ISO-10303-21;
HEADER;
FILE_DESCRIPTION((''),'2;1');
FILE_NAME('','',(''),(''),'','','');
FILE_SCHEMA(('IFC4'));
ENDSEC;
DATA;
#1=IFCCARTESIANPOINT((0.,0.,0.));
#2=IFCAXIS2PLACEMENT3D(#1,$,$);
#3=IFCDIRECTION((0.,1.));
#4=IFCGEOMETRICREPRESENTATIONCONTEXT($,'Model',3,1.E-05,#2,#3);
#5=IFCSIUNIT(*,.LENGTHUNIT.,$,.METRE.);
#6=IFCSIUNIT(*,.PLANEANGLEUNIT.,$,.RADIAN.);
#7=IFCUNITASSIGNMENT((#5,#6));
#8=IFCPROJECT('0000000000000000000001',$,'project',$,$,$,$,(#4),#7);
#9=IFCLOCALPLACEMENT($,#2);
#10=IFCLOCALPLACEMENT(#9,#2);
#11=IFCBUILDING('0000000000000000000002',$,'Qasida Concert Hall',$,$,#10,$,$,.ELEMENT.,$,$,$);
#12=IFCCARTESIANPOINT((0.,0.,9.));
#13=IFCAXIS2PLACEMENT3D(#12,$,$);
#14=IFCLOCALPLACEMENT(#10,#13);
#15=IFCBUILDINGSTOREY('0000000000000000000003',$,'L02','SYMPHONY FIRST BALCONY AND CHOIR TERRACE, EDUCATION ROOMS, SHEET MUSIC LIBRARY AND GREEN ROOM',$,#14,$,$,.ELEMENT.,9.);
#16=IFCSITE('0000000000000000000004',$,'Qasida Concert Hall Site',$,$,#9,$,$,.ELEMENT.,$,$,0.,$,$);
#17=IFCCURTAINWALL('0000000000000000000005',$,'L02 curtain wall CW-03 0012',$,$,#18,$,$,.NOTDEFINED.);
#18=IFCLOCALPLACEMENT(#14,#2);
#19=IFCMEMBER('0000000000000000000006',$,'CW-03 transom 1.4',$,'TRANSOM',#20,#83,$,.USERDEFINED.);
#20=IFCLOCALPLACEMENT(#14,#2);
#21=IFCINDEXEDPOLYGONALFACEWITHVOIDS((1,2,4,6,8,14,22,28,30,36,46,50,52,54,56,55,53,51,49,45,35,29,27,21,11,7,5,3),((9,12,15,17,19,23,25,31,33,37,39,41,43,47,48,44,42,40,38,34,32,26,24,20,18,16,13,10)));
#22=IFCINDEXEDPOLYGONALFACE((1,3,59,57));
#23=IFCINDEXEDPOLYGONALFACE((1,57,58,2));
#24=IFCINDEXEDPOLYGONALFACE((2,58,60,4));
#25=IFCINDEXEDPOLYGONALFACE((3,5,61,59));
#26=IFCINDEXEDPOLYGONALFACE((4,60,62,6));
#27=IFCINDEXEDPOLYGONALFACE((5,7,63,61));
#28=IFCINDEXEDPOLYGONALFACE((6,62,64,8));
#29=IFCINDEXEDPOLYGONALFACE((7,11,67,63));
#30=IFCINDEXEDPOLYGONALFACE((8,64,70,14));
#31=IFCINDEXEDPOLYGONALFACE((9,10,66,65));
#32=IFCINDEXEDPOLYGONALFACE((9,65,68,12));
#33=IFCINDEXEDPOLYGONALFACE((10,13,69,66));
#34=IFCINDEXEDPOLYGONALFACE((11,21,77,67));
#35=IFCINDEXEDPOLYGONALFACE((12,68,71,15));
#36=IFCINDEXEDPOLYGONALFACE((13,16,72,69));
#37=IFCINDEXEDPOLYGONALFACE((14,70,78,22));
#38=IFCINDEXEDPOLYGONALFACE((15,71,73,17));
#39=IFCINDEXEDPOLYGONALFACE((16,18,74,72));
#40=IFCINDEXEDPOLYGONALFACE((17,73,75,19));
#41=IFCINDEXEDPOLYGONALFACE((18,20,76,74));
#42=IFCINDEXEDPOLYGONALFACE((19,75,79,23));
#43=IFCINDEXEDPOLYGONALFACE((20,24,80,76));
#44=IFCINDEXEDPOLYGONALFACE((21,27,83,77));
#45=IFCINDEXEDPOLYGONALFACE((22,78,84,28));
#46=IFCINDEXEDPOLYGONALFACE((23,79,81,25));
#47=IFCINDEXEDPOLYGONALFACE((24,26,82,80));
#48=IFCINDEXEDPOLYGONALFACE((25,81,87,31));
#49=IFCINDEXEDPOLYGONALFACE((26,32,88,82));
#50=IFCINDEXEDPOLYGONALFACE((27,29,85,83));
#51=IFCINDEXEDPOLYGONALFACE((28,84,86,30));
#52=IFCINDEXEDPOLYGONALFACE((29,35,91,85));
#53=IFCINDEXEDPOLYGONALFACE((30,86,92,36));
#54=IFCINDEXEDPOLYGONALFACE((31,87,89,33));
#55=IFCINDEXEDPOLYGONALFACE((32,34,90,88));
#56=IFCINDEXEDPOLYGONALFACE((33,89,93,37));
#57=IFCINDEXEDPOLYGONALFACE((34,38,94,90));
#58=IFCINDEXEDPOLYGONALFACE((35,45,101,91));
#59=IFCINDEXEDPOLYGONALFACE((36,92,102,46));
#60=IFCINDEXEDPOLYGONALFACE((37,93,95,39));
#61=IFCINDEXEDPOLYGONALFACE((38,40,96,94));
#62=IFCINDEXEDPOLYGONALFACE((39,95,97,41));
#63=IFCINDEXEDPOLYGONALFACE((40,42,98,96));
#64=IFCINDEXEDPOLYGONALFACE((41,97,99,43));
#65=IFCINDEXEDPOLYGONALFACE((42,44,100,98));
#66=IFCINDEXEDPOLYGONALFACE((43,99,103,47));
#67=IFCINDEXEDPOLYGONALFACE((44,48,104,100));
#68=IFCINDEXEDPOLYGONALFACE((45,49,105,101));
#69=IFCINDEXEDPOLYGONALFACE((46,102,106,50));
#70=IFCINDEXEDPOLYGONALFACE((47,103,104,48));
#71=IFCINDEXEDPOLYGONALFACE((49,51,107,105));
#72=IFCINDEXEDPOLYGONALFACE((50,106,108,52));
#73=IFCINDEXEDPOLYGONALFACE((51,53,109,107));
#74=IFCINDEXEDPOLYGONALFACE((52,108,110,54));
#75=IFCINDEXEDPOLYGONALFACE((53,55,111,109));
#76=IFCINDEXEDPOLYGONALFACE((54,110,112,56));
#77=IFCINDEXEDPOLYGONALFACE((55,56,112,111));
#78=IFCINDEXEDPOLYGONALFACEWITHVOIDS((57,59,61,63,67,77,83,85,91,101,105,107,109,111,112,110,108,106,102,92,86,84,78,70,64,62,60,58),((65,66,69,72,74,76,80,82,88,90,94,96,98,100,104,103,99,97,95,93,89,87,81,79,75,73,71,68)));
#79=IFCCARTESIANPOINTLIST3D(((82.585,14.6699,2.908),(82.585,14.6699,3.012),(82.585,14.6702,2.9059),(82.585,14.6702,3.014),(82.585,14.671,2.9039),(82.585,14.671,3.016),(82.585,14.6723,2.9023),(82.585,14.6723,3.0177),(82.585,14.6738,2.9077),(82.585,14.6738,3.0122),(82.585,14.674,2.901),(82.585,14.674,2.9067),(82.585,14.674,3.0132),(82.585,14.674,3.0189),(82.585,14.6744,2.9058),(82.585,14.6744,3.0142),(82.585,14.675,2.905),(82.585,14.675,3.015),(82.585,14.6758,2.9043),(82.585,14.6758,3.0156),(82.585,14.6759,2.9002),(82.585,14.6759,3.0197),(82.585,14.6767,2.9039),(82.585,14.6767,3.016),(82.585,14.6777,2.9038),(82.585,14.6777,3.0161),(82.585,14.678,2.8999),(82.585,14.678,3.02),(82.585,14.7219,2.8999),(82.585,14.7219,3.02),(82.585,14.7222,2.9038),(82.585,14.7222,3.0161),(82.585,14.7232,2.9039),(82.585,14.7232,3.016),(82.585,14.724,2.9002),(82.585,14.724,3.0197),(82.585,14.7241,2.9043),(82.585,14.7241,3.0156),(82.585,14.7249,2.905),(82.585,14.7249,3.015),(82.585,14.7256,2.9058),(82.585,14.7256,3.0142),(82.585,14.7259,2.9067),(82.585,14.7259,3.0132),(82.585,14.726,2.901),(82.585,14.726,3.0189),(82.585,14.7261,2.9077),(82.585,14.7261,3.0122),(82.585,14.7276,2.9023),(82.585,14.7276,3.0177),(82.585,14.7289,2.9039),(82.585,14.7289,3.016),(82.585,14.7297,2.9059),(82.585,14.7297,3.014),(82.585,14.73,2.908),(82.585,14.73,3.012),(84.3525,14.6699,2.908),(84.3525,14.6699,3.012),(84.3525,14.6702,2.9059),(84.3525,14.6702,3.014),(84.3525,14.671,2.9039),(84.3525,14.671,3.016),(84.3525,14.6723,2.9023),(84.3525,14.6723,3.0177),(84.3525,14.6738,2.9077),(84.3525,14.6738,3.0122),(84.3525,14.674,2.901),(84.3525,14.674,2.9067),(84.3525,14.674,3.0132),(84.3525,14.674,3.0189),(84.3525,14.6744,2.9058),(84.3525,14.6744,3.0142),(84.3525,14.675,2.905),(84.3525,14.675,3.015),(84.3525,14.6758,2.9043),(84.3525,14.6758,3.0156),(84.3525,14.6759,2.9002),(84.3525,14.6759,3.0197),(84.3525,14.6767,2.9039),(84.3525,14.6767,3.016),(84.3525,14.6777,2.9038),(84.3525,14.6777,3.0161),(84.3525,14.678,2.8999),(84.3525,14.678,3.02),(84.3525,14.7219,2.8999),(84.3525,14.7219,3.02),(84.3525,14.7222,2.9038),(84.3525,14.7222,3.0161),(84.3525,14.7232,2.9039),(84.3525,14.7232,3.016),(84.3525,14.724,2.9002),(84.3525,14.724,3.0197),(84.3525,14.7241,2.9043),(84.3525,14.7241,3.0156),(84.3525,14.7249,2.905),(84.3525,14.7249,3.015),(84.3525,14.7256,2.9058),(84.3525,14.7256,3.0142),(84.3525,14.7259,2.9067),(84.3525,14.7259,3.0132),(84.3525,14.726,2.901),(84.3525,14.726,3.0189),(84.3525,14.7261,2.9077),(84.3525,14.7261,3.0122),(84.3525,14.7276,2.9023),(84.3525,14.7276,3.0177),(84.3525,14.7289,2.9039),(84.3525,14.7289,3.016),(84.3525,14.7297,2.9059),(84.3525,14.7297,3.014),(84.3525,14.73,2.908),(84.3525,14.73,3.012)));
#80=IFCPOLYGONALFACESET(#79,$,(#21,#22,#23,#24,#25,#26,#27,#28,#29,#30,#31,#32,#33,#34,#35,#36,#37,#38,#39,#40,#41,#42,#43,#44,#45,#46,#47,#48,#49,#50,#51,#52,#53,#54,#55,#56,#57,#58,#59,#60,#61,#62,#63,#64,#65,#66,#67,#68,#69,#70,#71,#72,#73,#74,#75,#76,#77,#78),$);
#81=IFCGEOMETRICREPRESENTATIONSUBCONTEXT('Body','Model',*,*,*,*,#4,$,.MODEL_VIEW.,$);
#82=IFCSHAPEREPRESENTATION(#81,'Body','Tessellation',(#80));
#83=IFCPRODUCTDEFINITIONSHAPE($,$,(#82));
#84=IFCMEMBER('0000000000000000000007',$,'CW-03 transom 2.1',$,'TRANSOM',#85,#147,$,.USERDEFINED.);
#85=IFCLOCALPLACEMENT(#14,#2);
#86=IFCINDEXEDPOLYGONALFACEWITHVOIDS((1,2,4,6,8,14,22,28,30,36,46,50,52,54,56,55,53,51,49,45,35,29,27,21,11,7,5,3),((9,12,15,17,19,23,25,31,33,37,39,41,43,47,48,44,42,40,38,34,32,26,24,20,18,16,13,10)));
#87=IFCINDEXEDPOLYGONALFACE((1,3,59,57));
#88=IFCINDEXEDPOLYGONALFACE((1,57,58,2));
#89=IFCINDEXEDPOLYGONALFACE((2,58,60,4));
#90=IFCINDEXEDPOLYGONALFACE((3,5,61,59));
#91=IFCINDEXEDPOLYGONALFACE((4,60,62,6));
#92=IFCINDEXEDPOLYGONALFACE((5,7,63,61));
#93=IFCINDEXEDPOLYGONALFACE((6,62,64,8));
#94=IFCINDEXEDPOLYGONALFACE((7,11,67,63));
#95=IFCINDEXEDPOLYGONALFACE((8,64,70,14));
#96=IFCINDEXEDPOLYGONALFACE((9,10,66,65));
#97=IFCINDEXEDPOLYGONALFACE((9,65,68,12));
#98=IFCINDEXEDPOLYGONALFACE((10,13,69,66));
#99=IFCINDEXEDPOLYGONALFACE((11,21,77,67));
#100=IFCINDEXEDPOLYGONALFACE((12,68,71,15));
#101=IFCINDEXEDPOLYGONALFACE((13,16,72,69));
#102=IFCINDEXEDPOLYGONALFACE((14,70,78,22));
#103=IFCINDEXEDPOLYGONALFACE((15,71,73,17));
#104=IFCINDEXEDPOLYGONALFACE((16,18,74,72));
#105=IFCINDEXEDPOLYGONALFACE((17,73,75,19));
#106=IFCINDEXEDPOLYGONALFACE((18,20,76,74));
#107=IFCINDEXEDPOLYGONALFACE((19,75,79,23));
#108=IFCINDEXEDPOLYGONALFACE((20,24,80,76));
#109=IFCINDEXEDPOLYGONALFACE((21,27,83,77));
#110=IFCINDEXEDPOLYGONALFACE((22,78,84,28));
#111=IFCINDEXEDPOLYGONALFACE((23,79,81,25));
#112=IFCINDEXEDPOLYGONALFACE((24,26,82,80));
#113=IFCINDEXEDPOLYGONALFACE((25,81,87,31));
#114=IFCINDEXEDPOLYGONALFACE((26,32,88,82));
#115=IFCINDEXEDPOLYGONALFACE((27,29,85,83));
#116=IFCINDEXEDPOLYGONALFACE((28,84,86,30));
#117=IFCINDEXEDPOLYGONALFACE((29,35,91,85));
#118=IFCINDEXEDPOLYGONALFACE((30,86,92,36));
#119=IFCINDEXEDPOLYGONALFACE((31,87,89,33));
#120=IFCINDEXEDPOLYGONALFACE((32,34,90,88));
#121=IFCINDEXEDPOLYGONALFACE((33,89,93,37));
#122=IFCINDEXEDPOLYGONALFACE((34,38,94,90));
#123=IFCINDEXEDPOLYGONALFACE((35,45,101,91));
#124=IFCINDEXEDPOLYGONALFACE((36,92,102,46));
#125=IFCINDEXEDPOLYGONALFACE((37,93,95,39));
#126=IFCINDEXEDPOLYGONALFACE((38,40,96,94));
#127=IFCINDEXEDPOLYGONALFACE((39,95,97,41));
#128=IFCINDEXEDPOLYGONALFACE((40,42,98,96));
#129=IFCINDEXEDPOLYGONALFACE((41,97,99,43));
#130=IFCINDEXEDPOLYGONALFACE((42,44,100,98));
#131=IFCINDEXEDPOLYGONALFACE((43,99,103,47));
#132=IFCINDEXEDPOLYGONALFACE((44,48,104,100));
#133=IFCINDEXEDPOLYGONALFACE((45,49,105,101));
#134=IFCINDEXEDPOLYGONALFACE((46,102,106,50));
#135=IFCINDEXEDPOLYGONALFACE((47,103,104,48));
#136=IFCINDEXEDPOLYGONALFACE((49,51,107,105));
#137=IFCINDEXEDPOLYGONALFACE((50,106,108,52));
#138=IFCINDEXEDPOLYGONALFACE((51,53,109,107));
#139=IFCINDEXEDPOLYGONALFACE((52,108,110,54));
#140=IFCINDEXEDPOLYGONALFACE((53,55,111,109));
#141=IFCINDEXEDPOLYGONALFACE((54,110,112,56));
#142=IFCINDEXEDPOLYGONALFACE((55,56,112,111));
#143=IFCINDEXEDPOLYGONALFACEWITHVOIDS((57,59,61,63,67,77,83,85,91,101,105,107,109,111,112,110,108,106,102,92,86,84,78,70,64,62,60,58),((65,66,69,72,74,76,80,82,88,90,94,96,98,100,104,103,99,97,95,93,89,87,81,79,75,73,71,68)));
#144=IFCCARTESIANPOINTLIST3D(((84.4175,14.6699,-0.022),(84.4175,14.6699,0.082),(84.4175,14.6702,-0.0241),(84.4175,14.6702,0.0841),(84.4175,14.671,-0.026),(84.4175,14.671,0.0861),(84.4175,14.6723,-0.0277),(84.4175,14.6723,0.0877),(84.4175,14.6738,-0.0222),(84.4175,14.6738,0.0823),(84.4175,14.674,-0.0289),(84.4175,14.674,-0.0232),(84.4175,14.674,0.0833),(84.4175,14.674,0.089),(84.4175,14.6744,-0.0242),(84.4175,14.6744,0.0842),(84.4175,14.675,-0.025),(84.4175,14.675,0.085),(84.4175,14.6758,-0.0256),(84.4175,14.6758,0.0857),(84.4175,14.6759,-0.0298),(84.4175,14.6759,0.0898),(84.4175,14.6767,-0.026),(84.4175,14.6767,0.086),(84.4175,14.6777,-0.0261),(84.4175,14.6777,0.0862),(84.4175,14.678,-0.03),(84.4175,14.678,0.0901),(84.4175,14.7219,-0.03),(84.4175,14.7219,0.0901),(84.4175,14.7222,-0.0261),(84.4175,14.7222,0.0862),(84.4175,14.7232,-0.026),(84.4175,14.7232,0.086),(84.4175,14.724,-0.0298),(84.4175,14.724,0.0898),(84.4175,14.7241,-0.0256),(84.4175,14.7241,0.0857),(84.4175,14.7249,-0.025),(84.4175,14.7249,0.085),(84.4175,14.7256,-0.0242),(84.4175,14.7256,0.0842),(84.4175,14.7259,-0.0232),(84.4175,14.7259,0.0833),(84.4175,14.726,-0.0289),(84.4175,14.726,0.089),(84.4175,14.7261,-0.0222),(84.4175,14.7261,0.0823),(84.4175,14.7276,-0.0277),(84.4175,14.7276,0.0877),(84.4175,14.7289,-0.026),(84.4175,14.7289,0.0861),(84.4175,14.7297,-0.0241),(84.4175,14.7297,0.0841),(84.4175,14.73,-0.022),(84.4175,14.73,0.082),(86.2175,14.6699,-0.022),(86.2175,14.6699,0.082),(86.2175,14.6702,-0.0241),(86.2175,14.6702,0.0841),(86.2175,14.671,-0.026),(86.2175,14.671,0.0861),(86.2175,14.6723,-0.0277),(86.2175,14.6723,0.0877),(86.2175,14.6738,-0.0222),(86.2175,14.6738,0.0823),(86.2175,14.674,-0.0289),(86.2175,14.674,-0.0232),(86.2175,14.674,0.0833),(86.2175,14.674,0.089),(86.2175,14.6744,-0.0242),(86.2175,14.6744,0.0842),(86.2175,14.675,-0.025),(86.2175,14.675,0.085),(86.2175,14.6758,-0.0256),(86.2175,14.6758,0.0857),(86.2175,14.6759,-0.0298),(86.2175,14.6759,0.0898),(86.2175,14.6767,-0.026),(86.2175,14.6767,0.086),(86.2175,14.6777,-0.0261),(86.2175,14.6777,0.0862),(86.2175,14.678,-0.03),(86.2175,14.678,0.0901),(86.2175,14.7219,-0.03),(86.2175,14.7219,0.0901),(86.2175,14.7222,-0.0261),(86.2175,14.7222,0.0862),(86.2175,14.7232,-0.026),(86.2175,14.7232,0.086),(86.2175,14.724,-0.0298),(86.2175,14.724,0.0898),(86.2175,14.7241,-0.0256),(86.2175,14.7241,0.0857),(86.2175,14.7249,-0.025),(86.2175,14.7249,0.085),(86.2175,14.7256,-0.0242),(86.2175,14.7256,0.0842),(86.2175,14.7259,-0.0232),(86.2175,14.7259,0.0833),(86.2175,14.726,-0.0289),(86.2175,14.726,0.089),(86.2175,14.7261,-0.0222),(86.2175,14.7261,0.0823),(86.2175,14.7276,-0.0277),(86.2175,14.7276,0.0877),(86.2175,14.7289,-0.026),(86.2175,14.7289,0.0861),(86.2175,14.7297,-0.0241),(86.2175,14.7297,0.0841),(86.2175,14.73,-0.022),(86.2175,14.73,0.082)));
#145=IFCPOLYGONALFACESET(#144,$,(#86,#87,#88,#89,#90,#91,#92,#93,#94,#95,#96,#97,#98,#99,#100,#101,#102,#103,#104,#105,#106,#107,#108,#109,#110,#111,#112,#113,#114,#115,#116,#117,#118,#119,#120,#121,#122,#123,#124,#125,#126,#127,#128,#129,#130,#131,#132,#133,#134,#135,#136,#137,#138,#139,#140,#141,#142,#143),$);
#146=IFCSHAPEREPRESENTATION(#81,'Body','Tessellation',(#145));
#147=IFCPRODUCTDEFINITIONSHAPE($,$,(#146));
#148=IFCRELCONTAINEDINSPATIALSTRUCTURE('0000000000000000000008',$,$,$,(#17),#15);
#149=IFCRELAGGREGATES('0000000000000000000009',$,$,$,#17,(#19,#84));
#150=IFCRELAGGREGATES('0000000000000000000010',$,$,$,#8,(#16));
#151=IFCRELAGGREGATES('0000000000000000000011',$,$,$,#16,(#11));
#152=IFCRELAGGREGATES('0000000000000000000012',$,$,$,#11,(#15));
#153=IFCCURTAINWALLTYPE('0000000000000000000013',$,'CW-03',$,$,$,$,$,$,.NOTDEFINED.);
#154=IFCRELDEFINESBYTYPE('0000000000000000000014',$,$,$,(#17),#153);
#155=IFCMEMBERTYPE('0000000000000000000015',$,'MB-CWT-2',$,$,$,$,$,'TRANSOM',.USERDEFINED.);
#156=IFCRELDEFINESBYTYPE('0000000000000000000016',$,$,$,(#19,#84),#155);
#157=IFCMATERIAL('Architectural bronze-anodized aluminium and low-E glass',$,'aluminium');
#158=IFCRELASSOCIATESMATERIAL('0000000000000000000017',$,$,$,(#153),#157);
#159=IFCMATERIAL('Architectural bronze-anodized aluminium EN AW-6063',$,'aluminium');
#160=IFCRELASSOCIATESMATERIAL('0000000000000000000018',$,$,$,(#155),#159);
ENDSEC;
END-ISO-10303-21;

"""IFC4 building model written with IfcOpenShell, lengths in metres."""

from ifc_helpers import new_model, si_unit, direction, frame, origin, origin_2d, place, context, subcontext, project, spatial, hollow_rectangle, extrude, material, material_profile, profile_set, type_object, element, aggregate, save


model = new_model("IFC4")

# Units and contexts
model_context = context("Model", 3, precision=1e-05, world=origin(), true_north=direction((0.0, 1.0)))
body_context = subcontext(model_context, "Body", "Model", "MODEL_VIEW")
ifc_project = project(units=[si_unit("LENGTHUNIT", "METRE"), si_unit("PLANEANGLEUNIT", "RADIAN")], contexts=[model_context])

# Site, building, storey
site_placement = place(None, origin())
site = spatial("IfcSite", under=ifc_project, at=site_placement, Name="Qasida Concert Hall Site", CompositionType="ELEMENT", RefElevation=0.0)
building_placement = place(site_placement, origin())
building = spatial("IfcBuilding", under=site, at=building_placement, Name="Qasida Concert Hall", CompositionType="ELEMENT")
storey_placement = place(building_placement, frame((0.0, 0.0, 9.0)))
storey = spatial("IfcBuildingStorey", under=building, at=storey_placement, Name="L02", Description="SYMPHONY FIRST BALCONY AND CHOIR TERRACE, EDUCATION ROOMS, SHEET MUSIC LIBRARY AND GREEN ROOM", CompositionType="ELEMENT", Elevation=9.0)

# Shared definitions
ifc_material_1 = material(Name="Architectural bronze-anodized aluminium and low-E glass", Category="aluminium")
curtain_wall_type = type_object("IfcCurtainWallType", Name="CW-03", PredefinedType="NOTDEFINED", material=ifc_material_1)
ifc_material_2 = material(Name="Architectural bronze-anodized aluminium EN AW-6063", Category="aluminium")

# Curtain wall, members
curtain_wall_1_placement = place(storey_placement, origin())
curtain_wall_1 = element("IfcCurtainWall", 1, at=curtain_wall_1_placement, inside=storey, type_object=curtain_wall_type, Name="L02 curtain wall CW-03 0012", PredefinedType="NOTDEFINED")
ifc_material_profile_1 = material_profile(ifc_material_2, hollow_rectangle(XDim=0.0601, YDim=0.1201, WallThickness=0.0039, InnerFilletRadius=0.0039, OuterFilletRadius=0.0081, at=origin_2d()), Name="CWT 120x60x4")
ifc_profile_set_1 = profile_set([ifc_material_profile_1], Name="Architectural bronze-anodized aluminium EN AW-6063")
member_type_1 = type_object("IfcMemberType", Name="MB-CWT-2", ElementType="TRANSOM", PredefinedType="USERDEFINED", material=ifc_profile_set_1)
member_1_placement = place(storey_placement, frame((82.585, 14.7, 2.96), z_axis=(1.0, 0.0, 0.0), x_axis=(0.0, 1.0, 0.0)))
member_1 = element("IfcMember", 2, at=member_1_placement, type_object=member_type_1, Name="CW-03 transom 1.4", ObjectType="TRANSOM", PredefinedType="USERDEFINED", context=body_context, shape_type="SweptSolid", body=[
    extrude(hollow_rectangle(XDim=0.0601, YDim=0.1201, WallThickness=0.0039, InnerFilletRadius=0.0039, OuterFilletRadius=0.0081, at=origin_2d()), origin(), (0.0, 0.0, 1.0), 1.7676),
])
member_2_placement = place(storey_placement, frame((84.4175, 14.7, 0.03), z_axis=(1.0, 0.0, 0.0), x_axis=(0.0, 1.0, 0.0)))
member_2 = element("IfcMember", 3, at=member_2_placement, type_object=member_type_1, Name="CW-03 transom 2.1", ObjectType="TRANSOM", PredefinedType="USERDEFINED", context=body_context, shape_type="SweptSolid", body=[
    extrude(hollow_rectangle(XDim=0.0601, YDim=0.1201, WallThickness=0.0039, InnerFilletRadius=0.0039, OuterFilletRadius=0.0081, at=origin_2d()), origin(), (0.0, 0.0, 1.0), 1.8),
])

aggregate(curtain_wall_1, [member_1, member_2])

save(model, "model.ifc")
